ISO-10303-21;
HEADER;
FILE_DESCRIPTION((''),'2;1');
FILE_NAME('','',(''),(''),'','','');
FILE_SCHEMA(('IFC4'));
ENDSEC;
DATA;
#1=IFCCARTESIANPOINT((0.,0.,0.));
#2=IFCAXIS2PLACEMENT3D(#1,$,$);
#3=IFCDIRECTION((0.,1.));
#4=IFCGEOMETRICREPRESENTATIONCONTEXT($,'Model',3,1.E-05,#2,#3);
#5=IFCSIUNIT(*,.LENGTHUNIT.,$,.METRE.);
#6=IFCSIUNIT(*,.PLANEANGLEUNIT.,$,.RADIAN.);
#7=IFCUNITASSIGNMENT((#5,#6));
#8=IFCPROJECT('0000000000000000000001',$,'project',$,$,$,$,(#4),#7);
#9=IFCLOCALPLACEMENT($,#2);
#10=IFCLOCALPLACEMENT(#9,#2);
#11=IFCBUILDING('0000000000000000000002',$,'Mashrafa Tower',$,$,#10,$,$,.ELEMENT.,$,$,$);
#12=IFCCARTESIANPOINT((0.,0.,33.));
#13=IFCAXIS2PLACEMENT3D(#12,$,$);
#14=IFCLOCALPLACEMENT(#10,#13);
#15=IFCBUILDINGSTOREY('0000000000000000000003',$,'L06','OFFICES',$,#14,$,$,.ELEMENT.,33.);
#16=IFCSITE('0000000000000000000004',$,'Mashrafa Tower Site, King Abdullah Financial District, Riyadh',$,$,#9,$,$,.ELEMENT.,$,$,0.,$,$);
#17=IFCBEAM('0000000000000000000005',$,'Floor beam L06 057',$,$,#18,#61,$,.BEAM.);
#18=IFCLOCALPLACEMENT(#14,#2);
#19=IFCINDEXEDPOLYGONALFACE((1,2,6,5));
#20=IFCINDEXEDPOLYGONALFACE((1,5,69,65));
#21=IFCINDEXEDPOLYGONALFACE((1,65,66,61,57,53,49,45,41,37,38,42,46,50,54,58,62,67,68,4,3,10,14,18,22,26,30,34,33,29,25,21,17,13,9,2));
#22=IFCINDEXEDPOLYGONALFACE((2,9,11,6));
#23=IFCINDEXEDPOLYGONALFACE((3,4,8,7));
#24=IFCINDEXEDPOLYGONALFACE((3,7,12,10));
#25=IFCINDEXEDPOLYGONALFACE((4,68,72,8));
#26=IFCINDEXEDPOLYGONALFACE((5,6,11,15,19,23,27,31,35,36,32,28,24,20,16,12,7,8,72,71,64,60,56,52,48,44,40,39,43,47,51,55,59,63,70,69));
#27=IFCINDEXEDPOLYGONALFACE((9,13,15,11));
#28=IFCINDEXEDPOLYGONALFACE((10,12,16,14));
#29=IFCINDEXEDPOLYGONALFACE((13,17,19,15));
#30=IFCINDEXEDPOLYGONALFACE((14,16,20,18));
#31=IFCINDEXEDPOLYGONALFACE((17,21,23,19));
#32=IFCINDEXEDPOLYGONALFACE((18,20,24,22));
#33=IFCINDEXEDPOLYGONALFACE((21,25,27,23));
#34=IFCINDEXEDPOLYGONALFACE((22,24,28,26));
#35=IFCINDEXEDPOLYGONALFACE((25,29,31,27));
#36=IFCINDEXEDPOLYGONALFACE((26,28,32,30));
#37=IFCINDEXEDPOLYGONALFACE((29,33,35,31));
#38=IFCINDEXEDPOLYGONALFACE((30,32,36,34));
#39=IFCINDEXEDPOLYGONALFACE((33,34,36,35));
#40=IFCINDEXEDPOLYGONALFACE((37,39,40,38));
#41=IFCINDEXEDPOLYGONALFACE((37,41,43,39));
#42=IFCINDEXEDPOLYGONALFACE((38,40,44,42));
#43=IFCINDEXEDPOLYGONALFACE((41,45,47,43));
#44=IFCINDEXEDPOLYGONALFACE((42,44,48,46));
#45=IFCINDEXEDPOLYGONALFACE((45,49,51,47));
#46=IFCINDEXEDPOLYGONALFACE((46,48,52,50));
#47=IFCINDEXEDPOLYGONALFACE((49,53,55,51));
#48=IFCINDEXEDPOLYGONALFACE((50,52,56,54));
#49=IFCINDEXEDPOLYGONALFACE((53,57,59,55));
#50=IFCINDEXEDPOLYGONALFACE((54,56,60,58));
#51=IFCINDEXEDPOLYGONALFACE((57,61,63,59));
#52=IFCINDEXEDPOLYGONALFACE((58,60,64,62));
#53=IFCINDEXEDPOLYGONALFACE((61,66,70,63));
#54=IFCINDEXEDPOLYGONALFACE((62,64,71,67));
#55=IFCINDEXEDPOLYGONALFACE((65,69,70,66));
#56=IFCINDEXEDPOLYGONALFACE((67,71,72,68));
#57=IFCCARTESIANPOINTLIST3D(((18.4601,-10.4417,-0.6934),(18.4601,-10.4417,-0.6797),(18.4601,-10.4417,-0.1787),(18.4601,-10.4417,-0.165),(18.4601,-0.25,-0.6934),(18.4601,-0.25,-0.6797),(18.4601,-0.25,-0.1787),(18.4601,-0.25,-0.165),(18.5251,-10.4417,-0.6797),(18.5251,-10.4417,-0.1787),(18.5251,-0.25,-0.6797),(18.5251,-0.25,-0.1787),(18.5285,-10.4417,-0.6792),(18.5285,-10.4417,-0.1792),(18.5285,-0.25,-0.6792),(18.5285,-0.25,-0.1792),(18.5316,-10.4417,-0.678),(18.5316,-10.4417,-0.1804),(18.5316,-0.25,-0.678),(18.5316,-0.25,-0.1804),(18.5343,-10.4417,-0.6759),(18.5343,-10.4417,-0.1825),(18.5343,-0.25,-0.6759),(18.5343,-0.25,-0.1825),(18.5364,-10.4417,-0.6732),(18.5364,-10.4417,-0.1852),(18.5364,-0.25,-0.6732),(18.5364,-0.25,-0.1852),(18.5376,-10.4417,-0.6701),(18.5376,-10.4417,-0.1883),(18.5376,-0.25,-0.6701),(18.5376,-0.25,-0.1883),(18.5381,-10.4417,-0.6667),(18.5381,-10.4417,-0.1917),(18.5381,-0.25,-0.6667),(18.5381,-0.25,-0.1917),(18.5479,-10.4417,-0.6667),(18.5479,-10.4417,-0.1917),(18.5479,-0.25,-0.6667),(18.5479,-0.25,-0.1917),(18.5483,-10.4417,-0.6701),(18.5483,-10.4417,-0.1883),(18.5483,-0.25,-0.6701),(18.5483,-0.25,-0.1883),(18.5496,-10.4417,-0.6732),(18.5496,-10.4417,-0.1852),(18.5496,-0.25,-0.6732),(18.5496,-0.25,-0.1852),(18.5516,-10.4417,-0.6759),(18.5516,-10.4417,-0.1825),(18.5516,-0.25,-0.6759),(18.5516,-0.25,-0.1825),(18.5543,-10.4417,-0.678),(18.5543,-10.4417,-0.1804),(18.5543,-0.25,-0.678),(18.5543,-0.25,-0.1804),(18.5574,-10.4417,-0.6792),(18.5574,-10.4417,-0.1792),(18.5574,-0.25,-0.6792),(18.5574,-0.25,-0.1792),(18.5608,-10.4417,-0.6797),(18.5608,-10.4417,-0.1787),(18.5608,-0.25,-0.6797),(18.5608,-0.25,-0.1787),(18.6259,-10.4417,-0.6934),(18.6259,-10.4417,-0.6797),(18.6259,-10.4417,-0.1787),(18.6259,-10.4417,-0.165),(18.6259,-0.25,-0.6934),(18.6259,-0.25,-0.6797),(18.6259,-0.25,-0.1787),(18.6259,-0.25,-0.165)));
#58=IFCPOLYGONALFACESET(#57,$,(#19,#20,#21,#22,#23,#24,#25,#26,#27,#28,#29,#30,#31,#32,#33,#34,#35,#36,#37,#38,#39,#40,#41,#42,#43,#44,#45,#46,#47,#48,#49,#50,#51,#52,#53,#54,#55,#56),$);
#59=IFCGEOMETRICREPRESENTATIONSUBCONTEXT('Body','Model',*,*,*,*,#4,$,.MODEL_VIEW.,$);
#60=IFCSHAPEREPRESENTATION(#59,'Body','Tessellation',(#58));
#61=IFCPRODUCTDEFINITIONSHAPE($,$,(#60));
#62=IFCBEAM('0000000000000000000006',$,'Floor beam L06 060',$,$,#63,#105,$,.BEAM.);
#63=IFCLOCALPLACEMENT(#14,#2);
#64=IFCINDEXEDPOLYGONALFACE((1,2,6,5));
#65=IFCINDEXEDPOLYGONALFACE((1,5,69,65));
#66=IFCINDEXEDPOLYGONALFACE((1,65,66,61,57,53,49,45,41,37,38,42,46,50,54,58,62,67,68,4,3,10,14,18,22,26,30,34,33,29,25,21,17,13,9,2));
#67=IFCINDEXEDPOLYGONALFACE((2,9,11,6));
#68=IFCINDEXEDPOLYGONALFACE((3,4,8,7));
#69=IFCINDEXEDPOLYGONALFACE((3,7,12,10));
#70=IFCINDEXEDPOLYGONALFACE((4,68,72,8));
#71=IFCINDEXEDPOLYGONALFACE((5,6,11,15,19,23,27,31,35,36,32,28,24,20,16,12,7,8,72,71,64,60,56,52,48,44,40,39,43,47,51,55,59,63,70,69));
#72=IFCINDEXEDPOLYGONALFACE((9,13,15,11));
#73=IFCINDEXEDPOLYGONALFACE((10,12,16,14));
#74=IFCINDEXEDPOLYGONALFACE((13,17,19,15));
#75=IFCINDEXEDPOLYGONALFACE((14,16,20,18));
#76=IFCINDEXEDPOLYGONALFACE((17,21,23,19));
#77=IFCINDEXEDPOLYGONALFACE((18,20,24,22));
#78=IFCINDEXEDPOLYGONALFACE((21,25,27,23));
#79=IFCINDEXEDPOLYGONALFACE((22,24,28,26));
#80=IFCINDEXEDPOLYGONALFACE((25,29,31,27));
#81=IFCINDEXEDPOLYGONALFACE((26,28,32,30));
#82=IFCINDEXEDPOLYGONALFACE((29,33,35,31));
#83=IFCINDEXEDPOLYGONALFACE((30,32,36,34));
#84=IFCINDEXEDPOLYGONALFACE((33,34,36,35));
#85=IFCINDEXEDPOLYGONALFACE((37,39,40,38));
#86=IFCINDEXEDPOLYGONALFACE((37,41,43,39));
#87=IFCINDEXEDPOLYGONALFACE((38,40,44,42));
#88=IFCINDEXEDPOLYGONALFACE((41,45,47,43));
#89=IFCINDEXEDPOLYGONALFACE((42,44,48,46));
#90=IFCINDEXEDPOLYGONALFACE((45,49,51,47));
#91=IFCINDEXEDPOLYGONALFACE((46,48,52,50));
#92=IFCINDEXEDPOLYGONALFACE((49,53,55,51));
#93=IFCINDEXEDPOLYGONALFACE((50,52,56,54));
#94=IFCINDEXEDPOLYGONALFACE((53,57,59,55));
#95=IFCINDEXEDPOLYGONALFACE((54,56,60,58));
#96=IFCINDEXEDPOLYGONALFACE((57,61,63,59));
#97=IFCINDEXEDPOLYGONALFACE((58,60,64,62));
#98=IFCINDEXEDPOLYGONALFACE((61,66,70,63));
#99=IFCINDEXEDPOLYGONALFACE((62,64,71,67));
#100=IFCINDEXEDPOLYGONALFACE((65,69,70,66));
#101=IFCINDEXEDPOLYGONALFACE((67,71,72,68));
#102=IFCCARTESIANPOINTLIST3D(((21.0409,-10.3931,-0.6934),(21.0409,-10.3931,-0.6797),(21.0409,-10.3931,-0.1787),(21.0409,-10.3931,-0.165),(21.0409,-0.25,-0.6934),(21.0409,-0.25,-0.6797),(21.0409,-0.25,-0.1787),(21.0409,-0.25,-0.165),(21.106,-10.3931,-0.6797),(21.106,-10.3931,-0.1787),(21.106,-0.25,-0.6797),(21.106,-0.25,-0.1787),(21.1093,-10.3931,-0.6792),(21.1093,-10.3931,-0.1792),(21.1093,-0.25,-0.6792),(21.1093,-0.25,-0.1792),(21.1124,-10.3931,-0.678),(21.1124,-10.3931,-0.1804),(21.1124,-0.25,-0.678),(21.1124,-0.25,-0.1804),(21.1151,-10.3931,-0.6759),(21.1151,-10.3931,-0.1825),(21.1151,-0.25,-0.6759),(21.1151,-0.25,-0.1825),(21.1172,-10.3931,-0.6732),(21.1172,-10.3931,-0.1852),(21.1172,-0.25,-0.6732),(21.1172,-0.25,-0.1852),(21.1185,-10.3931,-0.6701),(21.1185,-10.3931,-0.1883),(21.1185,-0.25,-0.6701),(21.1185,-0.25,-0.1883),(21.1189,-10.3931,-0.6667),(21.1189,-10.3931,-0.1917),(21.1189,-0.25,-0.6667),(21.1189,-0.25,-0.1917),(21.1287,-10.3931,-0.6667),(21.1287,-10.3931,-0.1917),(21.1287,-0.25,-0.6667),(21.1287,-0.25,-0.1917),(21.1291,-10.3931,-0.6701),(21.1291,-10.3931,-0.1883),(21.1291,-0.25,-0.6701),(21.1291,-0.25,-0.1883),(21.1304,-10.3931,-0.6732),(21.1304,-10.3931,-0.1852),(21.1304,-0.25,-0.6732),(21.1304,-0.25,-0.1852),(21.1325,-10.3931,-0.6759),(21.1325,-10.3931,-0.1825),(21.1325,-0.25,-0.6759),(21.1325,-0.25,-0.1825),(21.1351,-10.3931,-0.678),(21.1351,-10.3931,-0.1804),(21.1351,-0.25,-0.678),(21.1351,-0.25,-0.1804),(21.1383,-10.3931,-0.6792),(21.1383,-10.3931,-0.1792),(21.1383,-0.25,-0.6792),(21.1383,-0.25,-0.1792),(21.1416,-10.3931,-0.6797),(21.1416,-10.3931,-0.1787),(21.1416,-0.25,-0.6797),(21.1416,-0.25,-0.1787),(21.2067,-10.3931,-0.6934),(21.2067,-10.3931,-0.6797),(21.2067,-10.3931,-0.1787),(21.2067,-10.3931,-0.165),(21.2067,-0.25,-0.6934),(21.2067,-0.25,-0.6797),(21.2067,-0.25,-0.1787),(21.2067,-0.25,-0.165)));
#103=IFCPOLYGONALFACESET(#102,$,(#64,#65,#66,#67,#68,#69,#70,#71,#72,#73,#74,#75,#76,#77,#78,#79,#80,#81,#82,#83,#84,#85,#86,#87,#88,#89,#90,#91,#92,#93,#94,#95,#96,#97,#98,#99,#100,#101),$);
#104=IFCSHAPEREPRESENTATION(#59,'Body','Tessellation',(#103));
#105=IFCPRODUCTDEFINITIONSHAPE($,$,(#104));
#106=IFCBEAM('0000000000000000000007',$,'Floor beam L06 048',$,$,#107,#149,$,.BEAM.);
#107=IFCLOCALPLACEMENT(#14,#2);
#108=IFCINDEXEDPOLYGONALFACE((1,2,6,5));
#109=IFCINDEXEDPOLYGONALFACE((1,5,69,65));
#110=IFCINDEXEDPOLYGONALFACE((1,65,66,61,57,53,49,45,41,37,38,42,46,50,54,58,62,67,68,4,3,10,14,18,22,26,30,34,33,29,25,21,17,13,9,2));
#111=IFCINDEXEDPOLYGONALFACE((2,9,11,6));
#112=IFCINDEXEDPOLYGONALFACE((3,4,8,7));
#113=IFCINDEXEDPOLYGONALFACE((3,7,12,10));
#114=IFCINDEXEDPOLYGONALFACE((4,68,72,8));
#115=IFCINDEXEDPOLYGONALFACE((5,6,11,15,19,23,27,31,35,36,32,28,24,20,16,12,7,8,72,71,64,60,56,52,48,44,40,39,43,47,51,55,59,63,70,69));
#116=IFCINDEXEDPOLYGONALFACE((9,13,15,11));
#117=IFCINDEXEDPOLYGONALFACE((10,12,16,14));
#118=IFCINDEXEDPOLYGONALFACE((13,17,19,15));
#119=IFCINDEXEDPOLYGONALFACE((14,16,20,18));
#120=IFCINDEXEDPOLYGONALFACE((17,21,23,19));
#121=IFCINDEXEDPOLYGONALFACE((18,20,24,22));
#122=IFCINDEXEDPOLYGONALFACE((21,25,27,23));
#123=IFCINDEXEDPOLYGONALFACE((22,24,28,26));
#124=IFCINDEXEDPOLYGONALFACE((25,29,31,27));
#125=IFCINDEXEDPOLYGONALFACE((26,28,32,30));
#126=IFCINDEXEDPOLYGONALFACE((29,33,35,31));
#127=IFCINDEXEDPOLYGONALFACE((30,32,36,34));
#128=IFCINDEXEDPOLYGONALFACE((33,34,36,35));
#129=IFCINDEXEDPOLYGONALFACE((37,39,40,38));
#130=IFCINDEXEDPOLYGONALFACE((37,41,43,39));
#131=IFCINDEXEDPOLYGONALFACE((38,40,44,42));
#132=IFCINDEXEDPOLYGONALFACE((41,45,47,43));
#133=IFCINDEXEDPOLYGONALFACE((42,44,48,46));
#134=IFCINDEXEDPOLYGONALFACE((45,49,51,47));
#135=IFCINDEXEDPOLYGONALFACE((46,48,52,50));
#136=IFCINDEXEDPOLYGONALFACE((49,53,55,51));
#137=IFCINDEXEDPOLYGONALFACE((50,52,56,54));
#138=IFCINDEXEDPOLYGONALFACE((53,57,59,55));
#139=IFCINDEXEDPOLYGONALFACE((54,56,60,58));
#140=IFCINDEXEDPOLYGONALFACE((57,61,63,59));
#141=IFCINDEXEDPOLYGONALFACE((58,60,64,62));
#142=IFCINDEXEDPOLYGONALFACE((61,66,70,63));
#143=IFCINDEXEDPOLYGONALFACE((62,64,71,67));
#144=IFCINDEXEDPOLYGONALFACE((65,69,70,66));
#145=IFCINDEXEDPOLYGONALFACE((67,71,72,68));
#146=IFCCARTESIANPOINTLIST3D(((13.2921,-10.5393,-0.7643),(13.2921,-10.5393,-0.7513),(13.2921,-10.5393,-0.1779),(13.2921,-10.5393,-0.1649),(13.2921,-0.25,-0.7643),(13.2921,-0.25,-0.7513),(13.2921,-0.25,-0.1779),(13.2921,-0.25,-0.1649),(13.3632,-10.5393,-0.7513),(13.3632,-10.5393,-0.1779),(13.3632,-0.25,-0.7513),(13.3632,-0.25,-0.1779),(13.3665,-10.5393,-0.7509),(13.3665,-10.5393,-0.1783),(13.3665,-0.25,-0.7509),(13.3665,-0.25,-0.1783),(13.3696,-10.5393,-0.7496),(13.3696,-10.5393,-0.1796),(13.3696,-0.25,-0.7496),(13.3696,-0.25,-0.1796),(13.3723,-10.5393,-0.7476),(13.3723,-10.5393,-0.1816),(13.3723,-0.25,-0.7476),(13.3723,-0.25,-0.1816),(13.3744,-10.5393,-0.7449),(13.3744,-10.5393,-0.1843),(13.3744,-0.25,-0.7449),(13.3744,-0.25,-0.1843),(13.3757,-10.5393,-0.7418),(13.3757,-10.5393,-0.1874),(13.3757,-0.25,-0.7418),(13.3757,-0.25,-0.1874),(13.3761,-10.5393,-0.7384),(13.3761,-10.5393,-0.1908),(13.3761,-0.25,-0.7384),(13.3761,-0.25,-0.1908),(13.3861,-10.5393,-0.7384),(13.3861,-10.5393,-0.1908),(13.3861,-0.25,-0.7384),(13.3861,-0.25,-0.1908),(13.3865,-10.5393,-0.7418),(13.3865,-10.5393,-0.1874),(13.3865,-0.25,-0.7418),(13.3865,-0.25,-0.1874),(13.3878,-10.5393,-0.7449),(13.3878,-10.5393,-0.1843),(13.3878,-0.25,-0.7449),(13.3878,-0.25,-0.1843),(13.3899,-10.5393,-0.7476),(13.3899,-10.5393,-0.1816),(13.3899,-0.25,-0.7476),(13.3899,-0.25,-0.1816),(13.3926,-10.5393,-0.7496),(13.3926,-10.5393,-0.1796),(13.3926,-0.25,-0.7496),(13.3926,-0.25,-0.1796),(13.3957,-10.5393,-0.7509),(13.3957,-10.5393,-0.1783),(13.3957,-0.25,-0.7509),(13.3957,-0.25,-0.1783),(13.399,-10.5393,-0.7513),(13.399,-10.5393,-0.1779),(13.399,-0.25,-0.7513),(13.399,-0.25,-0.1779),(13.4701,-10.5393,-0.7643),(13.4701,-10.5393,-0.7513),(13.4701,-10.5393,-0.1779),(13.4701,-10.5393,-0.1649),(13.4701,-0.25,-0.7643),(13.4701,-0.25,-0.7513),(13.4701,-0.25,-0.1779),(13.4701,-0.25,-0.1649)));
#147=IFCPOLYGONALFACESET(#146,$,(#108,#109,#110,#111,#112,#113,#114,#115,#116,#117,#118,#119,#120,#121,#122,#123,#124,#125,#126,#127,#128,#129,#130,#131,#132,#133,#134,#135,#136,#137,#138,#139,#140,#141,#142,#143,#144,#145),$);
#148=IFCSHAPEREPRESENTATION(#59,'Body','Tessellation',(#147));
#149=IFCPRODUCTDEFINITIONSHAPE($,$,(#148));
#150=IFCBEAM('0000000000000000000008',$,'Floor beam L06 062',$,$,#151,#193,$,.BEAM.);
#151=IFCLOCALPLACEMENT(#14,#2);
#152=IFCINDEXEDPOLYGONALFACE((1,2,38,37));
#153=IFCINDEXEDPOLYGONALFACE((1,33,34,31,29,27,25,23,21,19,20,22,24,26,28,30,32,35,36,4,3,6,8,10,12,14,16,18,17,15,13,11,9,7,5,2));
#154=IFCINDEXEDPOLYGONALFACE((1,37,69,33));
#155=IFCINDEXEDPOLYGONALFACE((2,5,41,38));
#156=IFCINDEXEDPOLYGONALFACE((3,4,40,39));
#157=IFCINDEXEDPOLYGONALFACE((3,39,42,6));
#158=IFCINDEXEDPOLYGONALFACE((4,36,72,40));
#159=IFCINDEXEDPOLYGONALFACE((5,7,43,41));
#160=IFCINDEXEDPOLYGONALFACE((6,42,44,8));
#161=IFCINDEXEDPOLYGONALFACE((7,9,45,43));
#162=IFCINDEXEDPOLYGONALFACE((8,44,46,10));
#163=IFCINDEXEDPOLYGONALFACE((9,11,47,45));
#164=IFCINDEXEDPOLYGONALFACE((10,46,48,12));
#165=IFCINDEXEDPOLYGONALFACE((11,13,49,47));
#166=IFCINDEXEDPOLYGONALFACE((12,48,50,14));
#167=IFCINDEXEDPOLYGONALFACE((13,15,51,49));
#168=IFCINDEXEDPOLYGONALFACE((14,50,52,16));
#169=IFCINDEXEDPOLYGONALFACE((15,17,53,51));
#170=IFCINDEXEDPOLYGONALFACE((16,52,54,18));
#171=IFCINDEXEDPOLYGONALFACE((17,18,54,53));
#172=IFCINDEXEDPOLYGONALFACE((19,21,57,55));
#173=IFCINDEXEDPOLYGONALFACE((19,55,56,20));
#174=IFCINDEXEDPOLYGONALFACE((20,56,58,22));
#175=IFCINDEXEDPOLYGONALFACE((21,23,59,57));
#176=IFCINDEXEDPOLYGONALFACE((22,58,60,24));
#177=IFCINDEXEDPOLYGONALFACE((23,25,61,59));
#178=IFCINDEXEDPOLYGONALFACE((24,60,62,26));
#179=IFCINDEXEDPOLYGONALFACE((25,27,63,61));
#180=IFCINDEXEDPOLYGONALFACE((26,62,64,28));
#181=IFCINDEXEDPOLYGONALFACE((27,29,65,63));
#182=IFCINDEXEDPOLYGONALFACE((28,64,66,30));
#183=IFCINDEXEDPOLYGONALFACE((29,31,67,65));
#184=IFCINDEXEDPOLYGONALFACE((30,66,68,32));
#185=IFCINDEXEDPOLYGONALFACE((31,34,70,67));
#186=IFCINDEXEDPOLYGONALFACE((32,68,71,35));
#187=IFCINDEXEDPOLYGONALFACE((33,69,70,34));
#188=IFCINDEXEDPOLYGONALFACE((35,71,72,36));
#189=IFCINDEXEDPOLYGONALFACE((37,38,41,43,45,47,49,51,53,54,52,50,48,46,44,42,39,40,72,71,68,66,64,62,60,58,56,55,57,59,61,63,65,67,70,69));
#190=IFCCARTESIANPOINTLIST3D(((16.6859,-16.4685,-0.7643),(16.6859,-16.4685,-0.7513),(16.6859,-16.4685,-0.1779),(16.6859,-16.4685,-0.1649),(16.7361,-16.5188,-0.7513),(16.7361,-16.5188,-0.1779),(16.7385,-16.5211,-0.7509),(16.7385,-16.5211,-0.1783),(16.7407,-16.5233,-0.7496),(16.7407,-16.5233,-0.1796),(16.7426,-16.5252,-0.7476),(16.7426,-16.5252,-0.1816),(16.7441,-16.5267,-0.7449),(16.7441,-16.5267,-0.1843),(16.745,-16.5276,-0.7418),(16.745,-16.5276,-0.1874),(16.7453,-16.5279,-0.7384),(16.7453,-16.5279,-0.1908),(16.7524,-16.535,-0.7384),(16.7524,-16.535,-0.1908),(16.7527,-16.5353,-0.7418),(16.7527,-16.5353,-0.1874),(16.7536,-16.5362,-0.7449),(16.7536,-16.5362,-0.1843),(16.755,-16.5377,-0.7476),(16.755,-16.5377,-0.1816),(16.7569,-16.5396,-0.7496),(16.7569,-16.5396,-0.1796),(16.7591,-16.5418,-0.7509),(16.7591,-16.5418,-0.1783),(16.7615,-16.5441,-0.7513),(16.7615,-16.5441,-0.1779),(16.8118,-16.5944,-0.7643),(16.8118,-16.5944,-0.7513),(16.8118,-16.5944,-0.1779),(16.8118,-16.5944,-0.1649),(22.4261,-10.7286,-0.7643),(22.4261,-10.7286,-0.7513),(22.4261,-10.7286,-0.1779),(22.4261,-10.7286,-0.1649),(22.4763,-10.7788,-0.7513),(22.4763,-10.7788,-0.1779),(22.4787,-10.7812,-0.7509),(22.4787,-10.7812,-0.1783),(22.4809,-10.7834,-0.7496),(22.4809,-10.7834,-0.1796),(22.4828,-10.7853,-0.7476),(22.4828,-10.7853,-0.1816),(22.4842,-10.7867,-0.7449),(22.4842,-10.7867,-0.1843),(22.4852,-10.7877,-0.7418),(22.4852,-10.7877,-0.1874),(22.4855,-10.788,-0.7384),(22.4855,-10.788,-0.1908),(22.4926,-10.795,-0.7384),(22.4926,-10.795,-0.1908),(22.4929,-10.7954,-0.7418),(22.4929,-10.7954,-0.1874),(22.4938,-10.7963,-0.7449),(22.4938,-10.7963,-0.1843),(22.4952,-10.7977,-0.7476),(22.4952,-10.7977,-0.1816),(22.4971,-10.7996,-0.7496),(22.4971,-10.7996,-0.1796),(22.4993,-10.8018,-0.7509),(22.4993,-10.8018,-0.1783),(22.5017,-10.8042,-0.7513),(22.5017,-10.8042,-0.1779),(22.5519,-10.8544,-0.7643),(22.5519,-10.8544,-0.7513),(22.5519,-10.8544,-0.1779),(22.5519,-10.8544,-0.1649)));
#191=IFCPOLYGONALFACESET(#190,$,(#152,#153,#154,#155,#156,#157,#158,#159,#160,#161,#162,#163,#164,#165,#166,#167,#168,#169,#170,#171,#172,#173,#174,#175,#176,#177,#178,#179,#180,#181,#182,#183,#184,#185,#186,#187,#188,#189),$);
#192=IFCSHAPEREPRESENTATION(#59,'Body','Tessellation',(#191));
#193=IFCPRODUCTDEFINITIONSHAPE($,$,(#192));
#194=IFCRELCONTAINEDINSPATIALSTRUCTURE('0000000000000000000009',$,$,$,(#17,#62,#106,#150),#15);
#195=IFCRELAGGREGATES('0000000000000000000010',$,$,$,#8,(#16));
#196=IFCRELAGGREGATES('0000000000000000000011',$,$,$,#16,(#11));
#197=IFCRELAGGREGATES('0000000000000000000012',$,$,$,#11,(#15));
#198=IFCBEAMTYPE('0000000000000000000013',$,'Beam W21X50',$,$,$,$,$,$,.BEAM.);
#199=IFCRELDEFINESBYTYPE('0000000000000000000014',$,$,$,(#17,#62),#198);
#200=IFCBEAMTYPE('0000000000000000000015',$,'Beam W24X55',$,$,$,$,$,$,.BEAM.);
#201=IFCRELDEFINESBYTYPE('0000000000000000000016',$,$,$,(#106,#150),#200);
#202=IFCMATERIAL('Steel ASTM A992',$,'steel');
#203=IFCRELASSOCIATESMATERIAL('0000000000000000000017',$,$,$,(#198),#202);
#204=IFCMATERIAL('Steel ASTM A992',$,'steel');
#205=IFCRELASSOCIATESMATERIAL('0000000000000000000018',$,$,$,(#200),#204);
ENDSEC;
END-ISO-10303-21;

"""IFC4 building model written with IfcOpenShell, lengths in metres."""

from ifc_helpers import new_model, si_unit, direction, frame, origin, origin_2d, place, context, subcontext, project, spatial, i_section, extrude, material, material_profile, profile_set, type_object, element, save


model = new_model("IFC4")

# Units and contexts
model_context = context("Model", 3, precision=1e-05, world=origin(), true_north=direction((0.0, 1.0)))
body_context = subcontext(model_context, "Body", "Model", "MODEL_VIEW")
ifc_project = project(units=[si_unit("LENGTHUNIT", "METRE"), si_unit("PLANEANGLEUNIT", "RADIAN")], contexts=[model_context])

# Site, building, storey
site_placement = place(None, origin())
site = spatial("IfcSite", under=ifc_project, at=site_placement, Name="Mashrafa Tower Site, King Abdullah Financial District, Riyadh", CompositionType="ELEMENT", RefElevation=0.0)
building_placement = place(site_placement, origin())
building = spatial("IfcBuilding", under=site, at=building_placement, Name="Mashrafa Tower", CompositionType="ELEMENT")
storey_placement = place(building_placement, frame((0.0, 0.0, 33.0)))
storey = spatial("IfcBuildingStorey", under=building, at=storey_placement, Name="L06", Description="OFFICES", CompositionType="ELEMENT", Elevation=33.0)

# Beams
ifc_material_1 = material(Name="Steel ASTM A992", Category="steel")
ifc_material_profile_1 = material_profile(ifc_material_1, i_section(OverallWidth=0.1658, OverallDepth=0.5283, WebThickness=0.0098, FlangeThickness=0.0137, FilletRadius=0.0129, at=origin_2d()), Name="W21X50")
ifc_profile_set_1 = profile_set([ifc_material_profile_1], Name="Steel ASTM A992")
beam_type_1 = type_object("IfcBeamType", Name="Beam W21X50", PredefinedType="BEAM", material=ifc_profile_set_1)
beam_1_placement = place(storey_placement, frame((18.543, -0.25, -0.4292), z_axis=(0.0, -1.0, 0.0), x_axis=(1.0, 0.0, 0.0)))
element("IfcBeam", 1, at=beam_1_placement, inside=storey, type_object=beam_type_1, Name="Floor beam L06 057", PredefinedType="BEAM", context=body_context, shape_type="SweptSolid", body=[
    extrude(i_section(OverallWidth=0.1658, OverallDepth=0.5283, WebThickness=0.0098, FlangeThickness=0.0137, FilletRadius=0.0129, at=origin_2d()), origin(), (0.0, 0.0, 1.0), 10.1917),
])
beam_2_placement = place(storey_placement, frame((21.1238, -0.25, -0.4292), z_axis=(0.0, -1.0, 0.0), x_axis=(1.0, 0.0, 0.0)))
element("IfcBeam", 2, at=beam_2_placement, inside=storey, type_object=beam_type_1, Name="Floor beam L06 060", PredefinedType="BEAM", context=body_context, shape_type="SweptSolid", body=[
    extrude(i_section(OverallWidth=0.1658, OverallDepth=0.5283, WebThickness=0.0098, FlangeThickness=0.0137, FilletRadius=0.0129, at=origin_2d()), origin(), (0.0, 0.0, 1.0), 10.1431),
])
ifc_material_2 = material(Name="Steel ASTM A992", Category="steel")
ifc_material_profile_2 = material_profile(ifc_material_2, i_section(OverallWidth=0.178, OverallDepth=0.5994, WebThickness=0.01, FlangeThickness=0.0129, FilletRadius=0.0129, at=origin_2d()), Name="W24X55")
ifc_profile_set_2 = profile_set([ifc_material_profile_2], Name="Steel ASTM A992")
beam_type_2 = type_object("IfcBeamType", Name="Beam W24X55", PredefinedType="BEAM", material=ifc_profile_set_2)
beam_3_placement = place(storey_placement, frame((13.3811, -0.25, -0.4646), z_axis=(0.0, -1.0, 0.0), x_axis=(1.0, 0.0, 0.0)))
element("IfcBeam", 3, at=beam_3_placement, inside=storey, type_object=beam_type_2, Name="Floor beam L06 048", PredefinedType="BEAM", context=body_context, shape_type="SweptSolid", body=[
    extrude(i_section(OverallWidth=0.178, OverallDepth=0.5994, WebThickness=0.01, FlangeThickness=0.0129, FilletRadius=0.0129, at=origin_2d()), origin(), (0.0, 0.0, 1.0), 10.2893),
])
beam_4_placement = place(storey_placement, frame((22.489, -10.7915, -0.4646), z_axis=(-0.707122, -0.707092, 0.0), x_axis=(0.707092, -0.707122, 0.0)))
element("IfcBeam", 4, at=beam_4_placement, inside=storey, type_object=beam_type_2, Name="Floor beam L06 062", PredefinedType="BEAM", context=body_context, shape_type="SweptSolid", body=[
    extrude(i_section(OverallWidth=0.178, OverallDepth=0.5994, WebThickness=0.01, FlangeThickness=0.0129, FilletRadius=0.0129, at=origin_2d()), origin(), (0.0, 0.0, 1.0), 8.1177),
])

save(model, "model.ifc")
